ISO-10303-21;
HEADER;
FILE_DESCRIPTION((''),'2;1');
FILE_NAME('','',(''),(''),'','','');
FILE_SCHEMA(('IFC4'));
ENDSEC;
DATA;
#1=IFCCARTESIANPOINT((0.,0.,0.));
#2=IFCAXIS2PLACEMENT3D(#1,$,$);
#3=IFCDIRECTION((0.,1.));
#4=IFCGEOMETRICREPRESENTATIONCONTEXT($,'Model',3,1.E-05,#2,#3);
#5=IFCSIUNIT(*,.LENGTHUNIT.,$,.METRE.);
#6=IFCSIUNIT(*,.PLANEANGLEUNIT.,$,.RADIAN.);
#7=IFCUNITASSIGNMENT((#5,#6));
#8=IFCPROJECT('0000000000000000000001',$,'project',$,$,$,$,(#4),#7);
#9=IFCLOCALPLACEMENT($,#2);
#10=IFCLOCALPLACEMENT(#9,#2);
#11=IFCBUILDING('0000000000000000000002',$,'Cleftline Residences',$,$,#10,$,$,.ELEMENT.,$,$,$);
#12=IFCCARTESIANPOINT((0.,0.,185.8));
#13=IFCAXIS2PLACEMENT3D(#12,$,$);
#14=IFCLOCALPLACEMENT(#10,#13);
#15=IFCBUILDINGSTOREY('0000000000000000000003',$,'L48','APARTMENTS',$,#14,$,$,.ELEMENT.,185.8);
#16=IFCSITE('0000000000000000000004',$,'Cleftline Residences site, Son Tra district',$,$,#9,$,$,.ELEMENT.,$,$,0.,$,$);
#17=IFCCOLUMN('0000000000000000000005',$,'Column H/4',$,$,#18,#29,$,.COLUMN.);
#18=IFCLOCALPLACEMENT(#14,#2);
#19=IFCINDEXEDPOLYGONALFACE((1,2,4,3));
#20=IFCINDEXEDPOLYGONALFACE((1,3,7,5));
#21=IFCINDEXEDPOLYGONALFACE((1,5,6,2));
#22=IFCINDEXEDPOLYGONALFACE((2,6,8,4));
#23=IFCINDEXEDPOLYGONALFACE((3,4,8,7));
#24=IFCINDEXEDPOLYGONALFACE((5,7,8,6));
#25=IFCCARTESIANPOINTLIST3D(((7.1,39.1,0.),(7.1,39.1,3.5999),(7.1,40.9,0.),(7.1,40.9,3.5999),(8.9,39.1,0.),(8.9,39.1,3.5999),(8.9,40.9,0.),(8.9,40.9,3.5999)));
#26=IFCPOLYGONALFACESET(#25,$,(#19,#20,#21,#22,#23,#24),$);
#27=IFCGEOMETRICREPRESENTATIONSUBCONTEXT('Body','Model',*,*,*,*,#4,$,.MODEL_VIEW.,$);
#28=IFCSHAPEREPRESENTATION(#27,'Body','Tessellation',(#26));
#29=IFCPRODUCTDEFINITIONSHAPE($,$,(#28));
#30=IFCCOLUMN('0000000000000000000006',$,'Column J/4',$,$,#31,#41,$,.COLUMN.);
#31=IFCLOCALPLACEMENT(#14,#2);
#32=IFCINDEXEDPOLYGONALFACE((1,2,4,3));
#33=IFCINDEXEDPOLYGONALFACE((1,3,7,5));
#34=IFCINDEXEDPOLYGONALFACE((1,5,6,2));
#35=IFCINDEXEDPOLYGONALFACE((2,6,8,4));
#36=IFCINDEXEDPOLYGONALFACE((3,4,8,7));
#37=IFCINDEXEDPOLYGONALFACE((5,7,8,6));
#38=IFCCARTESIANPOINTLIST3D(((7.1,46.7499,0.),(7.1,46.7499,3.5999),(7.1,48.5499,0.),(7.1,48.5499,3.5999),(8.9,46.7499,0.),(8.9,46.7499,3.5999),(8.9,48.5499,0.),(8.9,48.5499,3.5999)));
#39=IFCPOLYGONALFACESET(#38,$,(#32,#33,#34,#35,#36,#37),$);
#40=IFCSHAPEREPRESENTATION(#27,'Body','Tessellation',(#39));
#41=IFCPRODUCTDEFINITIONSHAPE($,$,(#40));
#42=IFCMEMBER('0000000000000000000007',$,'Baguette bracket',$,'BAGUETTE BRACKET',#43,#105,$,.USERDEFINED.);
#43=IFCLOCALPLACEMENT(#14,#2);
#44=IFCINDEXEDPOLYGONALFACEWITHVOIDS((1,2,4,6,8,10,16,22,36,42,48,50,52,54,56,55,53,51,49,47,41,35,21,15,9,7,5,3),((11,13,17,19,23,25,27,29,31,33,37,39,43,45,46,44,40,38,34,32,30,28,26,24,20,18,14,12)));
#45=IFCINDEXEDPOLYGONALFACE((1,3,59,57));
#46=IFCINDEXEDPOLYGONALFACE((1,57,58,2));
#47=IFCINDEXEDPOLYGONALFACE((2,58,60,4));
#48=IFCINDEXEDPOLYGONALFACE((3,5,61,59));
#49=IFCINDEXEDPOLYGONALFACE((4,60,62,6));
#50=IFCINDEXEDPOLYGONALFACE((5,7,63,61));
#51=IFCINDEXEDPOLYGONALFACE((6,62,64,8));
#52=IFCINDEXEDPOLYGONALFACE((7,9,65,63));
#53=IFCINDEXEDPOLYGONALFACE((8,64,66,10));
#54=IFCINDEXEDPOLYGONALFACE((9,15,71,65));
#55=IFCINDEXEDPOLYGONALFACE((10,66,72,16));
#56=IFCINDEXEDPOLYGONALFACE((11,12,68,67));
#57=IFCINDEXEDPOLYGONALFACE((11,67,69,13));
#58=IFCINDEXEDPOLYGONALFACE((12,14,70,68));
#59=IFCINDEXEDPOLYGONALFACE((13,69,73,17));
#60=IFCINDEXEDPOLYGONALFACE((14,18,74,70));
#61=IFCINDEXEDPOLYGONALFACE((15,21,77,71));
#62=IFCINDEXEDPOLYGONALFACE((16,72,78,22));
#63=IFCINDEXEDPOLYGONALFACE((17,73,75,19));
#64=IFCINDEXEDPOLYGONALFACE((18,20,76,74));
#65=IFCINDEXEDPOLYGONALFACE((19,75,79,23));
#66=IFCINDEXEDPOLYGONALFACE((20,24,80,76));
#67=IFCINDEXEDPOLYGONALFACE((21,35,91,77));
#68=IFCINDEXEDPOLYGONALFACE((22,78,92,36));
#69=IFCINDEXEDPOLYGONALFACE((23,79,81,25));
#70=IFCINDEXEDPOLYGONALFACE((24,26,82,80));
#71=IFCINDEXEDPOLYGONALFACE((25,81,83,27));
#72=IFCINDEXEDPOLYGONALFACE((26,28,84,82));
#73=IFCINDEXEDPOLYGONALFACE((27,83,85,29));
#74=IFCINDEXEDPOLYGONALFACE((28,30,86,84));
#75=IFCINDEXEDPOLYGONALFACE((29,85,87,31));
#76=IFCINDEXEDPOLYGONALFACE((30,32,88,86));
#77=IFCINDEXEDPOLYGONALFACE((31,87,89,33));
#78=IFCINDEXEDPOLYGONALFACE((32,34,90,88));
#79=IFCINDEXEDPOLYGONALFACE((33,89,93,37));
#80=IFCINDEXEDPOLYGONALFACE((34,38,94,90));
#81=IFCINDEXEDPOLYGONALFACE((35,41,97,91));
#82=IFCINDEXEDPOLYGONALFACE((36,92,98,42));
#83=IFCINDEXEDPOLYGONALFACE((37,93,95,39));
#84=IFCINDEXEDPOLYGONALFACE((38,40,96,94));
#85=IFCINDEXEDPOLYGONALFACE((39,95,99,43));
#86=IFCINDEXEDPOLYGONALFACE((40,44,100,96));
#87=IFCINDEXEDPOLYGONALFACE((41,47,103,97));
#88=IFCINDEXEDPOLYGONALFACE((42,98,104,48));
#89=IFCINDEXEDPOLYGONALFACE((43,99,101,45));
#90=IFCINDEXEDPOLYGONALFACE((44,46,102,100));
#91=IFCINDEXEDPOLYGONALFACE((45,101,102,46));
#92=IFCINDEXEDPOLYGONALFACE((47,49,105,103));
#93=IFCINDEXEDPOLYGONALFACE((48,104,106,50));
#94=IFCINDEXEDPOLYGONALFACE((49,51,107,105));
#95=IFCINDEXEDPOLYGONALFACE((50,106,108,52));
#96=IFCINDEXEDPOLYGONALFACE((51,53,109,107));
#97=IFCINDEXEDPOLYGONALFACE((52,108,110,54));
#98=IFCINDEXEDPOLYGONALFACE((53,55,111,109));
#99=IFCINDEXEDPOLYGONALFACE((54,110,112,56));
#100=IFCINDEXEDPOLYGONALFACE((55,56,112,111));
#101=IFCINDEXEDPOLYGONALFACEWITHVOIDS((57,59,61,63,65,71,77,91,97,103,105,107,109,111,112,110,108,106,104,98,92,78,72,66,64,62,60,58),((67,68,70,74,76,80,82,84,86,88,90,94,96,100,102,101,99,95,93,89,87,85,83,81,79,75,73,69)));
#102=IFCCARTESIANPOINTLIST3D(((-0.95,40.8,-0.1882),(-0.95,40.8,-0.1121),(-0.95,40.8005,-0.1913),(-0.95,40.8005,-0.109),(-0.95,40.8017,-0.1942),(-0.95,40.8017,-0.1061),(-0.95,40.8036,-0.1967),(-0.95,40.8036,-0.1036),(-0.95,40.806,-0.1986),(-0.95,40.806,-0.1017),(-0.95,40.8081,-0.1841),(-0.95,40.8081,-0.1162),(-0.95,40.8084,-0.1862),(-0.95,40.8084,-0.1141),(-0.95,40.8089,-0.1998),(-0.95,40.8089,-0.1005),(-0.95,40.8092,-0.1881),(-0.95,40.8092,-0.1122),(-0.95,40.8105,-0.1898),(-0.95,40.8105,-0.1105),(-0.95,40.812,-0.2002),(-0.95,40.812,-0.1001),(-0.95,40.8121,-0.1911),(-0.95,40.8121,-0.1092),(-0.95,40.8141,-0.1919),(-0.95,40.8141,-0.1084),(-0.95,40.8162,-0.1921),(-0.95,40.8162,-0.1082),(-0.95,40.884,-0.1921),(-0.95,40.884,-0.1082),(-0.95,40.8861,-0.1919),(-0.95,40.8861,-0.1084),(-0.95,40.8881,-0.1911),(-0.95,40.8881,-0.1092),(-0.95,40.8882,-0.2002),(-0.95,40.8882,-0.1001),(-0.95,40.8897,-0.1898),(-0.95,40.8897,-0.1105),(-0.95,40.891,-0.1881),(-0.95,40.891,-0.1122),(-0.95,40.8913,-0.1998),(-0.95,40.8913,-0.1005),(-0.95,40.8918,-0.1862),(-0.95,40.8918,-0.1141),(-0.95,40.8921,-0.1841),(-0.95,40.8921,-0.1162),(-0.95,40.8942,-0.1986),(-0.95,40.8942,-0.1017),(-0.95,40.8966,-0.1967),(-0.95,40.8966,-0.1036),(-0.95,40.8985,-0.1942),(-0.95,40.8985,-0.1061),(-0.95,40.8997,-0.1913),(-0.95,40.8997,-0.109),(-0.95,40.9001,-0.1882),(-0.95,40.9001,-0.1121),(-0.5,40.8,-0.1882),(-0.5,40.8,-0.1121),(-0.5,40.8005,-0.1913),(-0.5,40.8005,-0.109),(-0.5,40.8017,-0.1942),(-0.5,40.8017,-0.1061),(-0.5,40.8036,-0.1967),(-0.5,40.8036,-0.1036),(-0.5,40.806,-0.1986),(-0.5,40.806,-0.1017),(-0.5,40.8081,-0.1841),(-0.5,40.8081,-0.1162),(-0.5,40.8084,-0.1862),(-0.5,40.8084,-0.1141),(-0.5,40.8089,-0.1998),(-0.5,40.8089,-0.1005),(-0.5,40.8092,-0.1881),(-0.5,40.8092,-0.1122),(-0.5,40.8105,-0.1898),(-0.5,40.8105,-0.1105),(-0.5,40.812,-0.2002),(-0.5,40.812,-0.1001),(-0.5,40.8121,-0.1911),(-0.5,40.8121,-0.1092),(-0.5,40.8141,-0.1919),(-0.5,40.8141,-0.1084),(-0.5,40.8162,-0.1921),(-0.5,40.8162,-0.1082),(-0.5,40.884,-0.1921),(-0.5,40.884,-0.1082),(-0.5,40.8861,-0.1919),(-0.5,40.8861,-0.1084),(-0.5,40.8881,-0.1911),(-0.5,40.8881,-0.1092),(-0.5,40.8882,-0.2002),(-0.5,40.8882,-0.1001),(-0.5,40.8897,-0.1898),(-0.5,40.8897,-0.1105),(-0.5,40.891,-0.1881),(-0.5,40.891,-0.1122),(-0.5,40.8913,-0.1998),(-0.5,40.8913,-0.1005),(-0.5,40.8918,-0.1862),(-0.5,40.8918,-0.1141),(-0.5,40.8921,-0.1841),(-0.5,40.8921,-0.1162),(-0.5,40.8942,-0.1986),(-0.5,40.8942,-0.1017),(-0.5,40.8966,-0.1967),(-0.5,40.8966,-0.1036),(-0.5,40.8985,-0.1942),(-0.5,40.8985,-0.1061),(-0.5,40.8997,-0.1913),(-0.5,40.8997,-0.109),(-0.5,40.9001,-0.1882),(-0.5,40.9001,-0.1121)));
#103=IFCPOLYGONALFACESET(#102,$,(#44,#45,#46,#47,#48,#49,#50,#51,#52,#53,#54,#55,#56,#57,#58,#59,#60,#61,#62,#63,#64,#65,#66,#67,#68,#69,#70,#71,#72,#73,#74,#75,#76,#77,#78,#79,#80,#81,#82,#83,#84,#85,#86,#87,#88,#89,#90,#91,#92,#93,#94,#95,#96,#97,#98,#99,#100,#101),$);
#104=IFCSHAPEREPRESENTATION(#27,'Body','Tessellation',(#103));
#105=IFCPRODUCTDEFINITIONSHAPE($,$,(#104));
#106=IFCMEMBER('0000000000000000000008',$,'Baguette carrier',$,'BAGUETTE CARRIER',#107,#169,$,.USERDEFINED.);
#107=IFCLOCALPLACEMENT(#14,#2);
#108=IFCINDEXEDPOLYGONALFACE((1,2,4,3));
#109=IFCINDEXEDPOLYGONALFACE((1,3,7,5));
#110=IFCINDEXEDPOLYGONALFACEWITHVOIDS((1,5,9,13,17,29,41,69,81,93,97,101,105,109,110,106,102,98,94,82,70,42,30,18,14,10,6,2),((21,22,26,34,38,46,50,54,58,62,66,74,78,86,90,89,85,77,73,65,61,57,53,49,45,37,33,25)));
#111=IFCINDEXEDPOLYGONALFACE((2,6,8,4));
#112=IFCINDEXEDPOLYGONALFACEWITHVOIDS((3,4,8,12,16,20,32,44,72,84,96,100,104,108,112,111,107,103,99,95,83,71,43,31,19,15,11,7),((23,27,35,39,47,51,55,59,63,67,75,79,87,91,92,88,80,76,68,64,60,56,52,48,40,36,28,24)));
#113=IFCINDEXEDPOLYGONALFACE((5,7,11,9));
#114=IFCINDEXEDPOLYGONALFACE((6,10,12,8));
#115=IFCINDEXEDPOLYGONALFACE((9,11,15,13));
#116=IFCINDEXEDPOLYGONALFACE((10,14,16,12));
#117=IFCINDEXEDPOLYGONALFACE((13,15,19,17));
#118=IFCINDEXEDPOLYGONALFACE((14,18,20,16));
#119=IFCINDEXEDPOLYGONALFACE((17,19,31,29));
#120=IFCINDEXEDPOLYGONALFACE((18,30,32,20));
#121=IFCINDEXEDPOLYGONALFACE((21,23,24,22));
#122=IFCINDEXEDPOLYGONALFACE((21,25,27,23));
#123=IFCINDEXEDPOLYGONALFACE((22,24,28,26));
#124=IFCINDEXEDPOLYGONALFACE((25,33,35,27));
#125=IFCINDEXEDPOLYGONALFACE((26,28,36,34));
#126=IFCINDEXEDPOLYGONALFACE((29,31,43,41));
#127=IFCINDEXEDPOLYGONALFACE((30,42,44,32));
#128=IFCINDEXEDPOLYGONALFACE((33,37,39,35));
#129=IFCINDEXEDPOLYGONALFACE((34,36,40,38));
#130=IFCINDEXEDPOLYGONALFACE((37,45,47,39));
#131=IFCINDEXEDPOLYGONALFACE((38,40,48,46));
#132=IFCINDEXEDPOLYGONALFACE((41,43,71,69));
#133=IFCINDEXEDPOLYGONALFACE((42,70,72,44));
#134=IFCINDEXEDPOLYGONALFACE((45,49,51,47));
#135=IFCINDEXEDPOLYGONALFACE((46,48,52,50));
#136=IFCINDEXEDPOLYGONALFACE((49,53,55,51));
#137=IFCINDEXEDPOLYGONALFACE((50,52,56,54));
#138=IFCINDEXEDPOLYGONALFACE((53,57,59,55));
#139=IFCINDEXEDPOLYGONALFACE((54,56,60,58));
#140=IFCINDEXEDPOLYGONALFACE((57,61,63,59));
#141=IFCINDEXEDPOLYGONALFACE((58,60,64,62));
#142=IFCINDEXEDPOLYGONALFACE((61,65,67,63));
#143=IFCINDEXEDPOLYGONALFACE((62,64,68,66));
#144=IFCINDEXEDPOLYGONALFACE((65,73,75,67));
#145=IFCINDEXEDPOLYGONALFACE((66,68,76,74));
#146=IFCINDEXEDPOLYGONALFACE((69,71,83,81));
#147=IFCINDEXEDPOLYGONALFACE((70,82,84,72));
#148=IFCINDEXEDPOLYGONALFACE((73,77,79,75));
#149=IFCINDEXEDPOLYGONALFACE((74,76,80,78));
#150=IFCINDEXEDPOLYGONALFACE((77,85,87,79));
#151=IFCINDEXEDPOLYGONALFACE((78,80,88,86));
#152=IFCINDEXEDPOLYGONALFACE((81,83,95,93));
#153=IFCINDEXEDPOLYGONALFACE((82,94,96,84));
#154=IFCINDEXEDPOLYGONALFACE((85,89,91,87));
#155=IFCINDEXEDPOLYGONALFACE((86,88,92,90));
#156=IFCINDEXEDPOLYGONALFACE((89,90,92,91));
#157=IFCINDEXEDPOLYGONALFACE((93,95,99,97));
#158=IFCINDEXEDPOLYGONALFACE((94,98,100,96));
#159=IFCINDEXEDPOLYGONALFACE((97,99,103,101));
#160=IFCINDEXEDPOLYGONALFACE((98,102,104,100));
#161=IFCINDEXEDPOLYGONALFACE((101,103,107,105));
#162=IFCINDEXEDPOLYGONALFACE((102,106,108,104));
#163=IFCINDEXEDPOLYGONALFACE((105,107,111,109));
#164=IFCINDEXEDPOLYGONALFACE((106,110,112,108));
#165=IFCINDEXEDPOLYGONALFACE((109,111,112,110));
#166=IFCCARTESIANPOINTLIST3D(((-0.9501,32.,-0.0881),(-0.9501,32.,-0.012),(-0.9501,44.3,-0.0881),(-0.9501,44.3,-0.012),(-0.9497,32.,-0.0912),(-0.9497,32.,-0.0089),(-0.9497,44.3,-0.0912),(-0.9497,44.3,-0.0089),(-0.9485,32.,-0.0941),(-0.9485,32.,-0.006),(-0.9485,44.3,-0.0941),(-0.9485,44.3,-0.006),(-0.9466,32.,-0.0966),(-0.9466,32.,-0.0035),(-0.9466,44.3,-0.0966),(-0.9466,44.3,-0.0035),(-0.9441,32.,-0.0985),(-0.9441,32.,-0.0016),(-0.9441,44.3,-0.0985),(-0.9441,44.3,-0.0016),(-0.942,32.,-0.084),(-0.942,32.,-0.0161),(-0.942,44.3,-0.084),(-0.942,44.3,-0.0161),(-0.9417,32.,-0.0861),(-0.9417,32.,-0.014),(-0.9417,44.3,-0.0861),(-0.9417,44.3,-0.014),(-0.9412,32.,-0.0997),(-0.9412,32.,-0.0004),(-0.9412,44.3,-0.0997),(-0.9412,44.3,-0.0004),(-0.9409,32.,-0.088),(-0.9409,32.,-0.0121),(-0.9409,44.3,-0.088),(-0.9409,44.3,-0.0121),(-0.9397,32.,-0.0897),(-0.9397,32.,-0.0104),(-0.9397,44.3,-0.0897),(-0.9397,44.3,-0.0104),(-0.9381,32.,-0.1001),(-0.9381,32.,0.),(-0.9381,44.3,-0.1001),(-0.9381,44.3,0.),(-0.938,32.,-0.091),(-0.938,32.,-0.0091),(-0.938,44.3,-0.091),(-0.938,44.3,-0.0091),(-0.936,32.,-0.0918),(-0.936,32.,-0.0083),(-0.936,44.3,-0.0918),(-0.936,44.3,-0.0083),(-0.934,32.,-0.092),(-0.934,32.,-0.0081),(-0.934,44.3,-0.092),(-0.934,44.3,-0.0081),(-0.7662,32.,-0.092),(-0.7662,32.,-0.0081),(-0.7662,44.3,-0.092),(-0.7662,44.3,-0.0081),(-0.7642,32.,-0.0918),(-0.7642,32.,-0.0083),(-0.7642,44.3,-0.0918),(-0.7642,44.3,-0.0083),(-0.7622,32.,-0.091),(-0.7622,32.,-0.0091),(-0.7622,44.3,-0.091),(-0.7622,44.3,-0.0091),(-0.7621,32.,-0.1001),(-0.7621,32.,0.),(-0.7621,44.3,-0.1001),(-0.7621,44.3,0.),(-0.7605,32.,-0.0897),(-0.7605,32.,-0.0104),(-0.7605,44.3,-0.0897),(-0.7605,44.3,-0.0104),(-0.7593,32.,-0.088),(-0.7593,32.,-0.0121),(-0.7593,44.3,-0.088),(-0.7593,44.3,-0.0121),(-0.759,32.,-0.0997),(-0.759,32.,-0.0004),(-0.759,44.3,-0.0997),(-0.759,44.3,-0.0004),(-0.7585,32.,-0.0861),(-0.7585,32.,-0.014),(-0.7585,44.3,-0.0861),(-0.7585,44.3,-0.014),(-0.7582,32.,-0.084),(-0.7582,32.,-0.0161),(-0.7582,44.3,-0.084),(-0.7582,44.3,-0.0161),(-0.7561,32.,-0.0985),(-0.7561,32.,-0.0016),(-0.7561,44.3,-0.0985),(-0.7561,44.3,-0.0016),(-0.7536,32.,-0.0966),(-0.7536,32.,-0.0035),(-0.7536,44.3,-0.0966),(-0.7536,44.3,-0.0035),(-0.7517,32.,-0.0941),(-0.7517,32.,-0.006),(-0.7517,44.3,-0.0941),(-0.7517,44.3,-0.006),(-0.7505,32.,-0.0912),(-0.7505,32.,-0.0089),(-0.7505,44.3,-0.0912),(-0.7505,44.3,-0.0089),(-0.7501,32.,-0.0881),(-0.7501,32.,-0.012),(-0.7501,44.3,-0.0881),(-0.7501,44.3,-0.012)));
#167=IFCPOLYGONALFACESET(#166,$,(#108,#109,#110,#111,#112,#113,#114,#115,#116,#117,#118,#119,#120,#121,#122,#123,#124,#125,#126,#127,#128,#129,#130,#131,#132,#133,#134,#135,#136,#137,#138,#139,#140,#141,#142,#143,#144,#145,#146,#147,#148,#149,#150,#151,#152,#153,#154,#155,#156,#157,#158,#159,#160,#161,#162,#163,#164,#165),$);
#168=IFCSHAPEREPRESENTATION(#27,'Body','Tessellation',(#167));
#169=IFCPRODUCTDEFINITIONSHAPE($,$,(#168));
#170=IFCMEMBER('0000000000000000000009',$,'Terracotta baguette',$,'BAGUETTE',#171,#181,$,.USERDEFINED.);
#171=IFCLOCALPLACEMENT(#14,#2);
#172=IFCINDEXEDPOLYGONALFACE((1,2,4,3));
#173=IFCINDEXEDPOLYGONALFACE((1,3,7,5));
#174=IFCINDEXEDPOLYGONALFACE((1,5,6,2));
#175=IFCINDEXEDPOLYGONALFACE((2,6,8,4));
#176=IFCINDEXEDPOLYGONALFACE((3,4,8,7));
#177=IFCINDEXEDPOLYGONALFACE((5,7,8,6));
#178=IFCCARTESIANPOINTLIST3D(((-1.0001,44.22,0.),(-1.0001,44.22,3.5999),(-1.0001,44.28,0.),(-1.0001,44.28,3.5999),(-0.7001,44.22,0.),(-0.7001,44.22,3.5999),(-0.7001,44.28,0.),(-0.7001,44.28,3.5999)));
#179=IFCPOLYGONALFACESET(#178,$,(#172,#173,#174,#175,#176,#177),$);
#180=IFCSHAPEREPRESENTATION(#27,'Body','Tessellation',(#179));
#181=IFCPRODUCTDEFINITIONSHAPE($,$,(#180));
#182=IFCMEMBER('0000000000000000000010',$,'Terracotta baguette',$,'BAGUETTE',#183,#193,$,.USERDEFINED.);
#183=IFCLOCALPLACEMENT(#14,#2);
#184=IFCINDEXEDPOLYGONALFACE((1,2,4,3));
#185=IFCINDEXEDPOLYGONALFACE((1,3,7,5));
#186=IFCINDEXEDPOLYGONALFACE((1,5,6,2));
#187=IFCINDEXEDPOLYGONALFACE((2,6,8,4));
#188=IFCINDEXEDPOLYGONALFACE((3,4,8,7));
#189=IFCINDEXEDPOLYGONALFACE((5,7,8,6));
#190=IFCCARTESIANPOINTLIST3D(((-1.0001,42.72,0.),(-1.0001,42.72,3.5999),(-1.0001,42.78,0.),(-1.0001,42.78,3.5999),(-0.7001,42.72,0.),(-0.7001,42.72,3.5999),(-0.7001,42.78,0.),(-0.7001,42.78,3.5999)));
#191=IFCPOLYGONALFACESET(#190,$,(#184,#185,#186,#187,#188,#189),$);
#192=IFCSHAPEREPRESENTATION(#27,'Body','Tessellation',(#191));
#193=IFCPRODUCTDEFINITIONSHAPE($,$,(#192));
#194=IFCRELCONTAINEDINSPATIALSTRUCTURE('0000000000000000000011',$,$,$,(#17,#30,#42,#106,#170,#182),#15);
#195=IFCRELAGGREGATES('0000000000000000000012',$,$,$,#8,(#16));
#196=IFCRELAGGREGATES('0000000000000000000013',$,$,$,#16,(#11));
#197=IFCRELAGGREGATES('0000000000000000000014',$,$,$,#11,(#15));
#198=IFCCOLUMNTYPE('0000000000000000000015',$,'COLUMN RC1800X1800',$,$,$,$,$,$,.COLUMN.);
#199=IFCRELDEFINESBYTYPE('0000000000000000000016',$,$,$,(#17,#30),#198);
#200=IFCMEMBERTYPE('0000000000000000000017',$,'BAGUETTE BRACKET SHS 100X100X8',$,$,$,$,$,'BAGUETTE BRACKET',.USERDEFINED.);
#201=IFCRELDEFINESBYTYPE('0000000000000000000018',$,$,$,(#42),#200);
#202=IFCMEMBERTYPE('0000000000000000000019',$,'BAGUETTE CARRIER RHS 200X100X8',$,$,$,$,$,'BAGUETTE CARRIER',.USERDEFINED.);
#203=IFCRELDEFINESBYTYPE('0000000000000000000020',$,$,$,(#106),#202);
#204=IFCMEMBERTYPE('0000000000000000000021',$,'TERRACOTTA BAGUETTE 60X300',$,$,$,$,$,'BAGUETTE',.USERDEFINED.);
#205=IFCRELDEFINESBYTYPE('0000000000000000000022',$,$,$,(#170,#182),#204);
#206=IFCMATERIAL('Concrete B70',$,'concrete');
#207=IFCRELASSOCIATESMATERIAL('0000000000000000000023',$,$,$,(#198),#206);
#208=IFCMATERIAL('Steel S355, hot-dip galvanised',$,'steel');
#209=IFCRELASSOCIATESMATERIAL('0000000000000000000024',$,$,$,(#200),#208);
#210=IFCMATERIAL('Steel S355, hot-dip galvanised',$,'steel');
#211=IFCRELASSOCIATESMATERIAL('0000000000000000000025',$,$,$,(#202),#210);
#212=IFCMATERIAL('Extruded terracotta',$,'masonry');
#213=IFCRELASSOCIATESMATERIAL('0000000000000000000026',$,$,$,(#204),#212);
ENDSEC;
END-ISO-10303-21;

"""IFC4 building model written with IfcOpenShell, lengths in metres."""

from ifc_helpers import new_model, si_unit, direction, frame, origin, origin_2d, place, context, subcontext, project, spatial, rectangle, hollow_rectangle, extrude, material, material_profile, profile_set, type_object, element, save


model = new_model("IFC4")

# Units and contexts
model_context = context("Model", 3, precision=1e-05, world=origin(), true_north=direction((0.0, 1.0)))
body_context = subcontext(model_context, "Body", "Model", "MODEL_VIEW")
ifc_project = project(units=[si_unit("LENGTHUNIT", "METRE"), si_unit("PLANEANGLEUNIT", "RADIAN")], contexts=[model_context])

# Site, building, storey
site_placement = place(None, origin())
site = spatial("IfcSite", under=ifc_project, at=site_placement, Name="Cleftline Residences site, Son Tra district", CompositionType="ELEMENT", RefElevation=0.0)
building_placement = place(site_placement, origin())
building = spatial("IfcBuilding", under=site, at=building_placement, Name="Cleftline Residences", CompositionType="ELEMENT")
storey_placement = place(building_placement, frame((0.0, 0.0, 185.8)))
storey = spatial("IfcBuildingStorey", under=building, at=storey_placement, Name="L48", Description="APARTMENTS", CompositionType="ELEMENT", Elevation=185.8)

# Columns
ifc_material_1 = material(Name="Concrete B70", Category="concrete")
ifc_material_profile_1 = material_profile(ifc_material_1, rectangle(XDim=1.8, YDim=1.8, at=origin_2d()))
ifc_profile_set_1 = profile_set([ifc_material_profile_1], Name="Concrete B70")
column_type = type_object("IfcColumnType", Name="COLUMN RC1800X1800", PredefinedType="COLUMN", material=ifc_profile_set_1)
for number, where, z_axis, x_axis, name in (
    (1, (8.0, 40.0, 0.0), (0.0, 0.0, 1.0), (1.0, 0.0, 0.0), "Column H/4"),
    (2, (8.0, 47.6499, 0.0), (0.0, 0.0, 1.0), (1.0, 0.0, 0.0), "Column J/4"),
):
    element("IfcColumn", number, at=place(storey_placement, frame(where, z_axis=z_axis, x_axis=x_axis)), inside=storey, type_object=column_type, Name=name, PredefinedType="COLUMN", context=body_context, shape_type="SweptSolid", body=[
        extrude(rectangle(XDim=1.8, YDim=1.8, at=origin_2d()), origin(), (0.0, 0.0, 1.0), 3.5999),
    ])

# Members
ifc_material_2 = material(Name="Steel S355, hot-dip galvanised", Category="steel")
ifc_material_profile_2 = material_profile(ifc_material_2, hollow_rectangle(XDim=0.1001, YDim=0.1001, WallThickness=0.0081, InnerFilletRadius=0.0081, OuterFilletRadius=0.012, at=origin_2d()))
ifc_profile_set_2 = profile_set([ifc_material_profile_2], Name="Steel S355, hot-dip galvanised")
member_type_1 = type_object("IfcMemberType", Name="BAGUETTE BRACKET SHS 100X100X8", ElementType="BAGUETTE BRACKET", PredefinedType="USERDEFINED", material=ifc_profile_set_2)
member_1_placement = place(storey_placement, frame((-0.5, 40.8501, -0.1501), z_axis=(-1.0, 0.0, 0.0), x_axis=(0.0, -1.0, 0.0)))
element("IfcMember", 3, at=member_1_placement, inside=storey, type_object=member_type_1, Name="Baguette bracket", ObjectType="BAGUETTE BRACKET", PredefinedType="USERDEFINED", context=body_context, shape_type="SweptSolid", body=[
    extrude(hollow_rectangle(XDim=0.1001, YDim=0.1001, WallThickness=0.0081, InnerFilletRadius=0.0081, OuterFilletRadius=0.012, at=origin_2d()), origin(), (0.0, 0.0, 1.0), 0.45),
])
ifc_material_3 = material(Name="Steel S355, hot-dip galvanised", Category="steel")
ifc_material_profile_3 = material_profile(ifc_material_3, hollow_rectangle(XDim=0.1001, YDim=0.2, WallThickness=0.0081, InnerFilletRadius=0.0081, OuterFilletRadius=0.012, at=origin_2d()))
ifc_profile_set_3 = profile_set([ifc_material_profile_3], Name="Steel S355, hot-dip galvanised")
member_type_2 = type_object("IfcMemberType", Name="BAGUETTE CARRIER RHS 200X100X8", ElementType="BAGUETTE CARRIER", PredefinedType="USERDEFINED", material=ifc_profile_set_3)
member_2_placement = place(storey_placement, frame((-0.8501, 44.3, -0.05), z_axis=(0.0, -1.0, 0.0), x_axis=(0.0, 0.0, 1.0)))
element("IfcMember", 4, at=member_2_placement, inside=storey, type_object=member_type_2, Name="Baguette carrier", ObjectType="BAGUETTE CARRIER", PredefinedType="USERDEFINED", context=body_context, shape_type="SweptSolid", body=[
    extrude(hollow_rectangle(XDim=0.1001, YDim=0.2, WallThickness=0.0081, InnerFilletRadius=0.0081, OuterFilletRadius=0.012, at=origin_2d()), origin(), (0.0, 0.0, 1.0), 12.3),
])
ifc_material_4 = material(Name="Extruded terracotta", Category="masonry")
ifc_material_profile_4 = material_profile(ifc_material_4, rectangle(XDim=0.0601, YDim=0.3, at=origin_2d()))
ifc_profile_set_4 = profile_set([ifc_material_profile_4], Name="Extruded terracotta")
member_type_3 = type_object("IfcMemberType", Name="TERRACOTTA BAGUETTE 60X300", ElementType="BAGUETTE", PredefinedType="USERDEFINED", material=ifc_profile_set_4)
for number, where, z_axis, x_axis, name in (
    (5, (-0.8501, 44.25, 0.0), (0.0, 0.0, 1.0), (0.0, 1.0, 0.0), "Terracotta baguette"),
    (6, (-0.8501, 42.75, 0.0), (0.0, 0.0, 1.0), (0.0, 1.0, 0.0), "Terracotta baguette"),
):
    element("IfcMember", number, at=place(storey_placement, frame(where, z_axis=z_axis, x_axis=x_axis)), inside=storey, type_object=member_type_3, Name=name, ObjectType="BAGUETTE", PredefinedType="USERDEFINED", context=body_context, shape_type="SweptSolid", body=[
        extrude(rectangle(XDim=0.0601, YDim=0.3, at=origin_2d()), origin(), (0.0, 0.0, 1.0), 3.5999),
    ])

save(model, "model.ifc")
